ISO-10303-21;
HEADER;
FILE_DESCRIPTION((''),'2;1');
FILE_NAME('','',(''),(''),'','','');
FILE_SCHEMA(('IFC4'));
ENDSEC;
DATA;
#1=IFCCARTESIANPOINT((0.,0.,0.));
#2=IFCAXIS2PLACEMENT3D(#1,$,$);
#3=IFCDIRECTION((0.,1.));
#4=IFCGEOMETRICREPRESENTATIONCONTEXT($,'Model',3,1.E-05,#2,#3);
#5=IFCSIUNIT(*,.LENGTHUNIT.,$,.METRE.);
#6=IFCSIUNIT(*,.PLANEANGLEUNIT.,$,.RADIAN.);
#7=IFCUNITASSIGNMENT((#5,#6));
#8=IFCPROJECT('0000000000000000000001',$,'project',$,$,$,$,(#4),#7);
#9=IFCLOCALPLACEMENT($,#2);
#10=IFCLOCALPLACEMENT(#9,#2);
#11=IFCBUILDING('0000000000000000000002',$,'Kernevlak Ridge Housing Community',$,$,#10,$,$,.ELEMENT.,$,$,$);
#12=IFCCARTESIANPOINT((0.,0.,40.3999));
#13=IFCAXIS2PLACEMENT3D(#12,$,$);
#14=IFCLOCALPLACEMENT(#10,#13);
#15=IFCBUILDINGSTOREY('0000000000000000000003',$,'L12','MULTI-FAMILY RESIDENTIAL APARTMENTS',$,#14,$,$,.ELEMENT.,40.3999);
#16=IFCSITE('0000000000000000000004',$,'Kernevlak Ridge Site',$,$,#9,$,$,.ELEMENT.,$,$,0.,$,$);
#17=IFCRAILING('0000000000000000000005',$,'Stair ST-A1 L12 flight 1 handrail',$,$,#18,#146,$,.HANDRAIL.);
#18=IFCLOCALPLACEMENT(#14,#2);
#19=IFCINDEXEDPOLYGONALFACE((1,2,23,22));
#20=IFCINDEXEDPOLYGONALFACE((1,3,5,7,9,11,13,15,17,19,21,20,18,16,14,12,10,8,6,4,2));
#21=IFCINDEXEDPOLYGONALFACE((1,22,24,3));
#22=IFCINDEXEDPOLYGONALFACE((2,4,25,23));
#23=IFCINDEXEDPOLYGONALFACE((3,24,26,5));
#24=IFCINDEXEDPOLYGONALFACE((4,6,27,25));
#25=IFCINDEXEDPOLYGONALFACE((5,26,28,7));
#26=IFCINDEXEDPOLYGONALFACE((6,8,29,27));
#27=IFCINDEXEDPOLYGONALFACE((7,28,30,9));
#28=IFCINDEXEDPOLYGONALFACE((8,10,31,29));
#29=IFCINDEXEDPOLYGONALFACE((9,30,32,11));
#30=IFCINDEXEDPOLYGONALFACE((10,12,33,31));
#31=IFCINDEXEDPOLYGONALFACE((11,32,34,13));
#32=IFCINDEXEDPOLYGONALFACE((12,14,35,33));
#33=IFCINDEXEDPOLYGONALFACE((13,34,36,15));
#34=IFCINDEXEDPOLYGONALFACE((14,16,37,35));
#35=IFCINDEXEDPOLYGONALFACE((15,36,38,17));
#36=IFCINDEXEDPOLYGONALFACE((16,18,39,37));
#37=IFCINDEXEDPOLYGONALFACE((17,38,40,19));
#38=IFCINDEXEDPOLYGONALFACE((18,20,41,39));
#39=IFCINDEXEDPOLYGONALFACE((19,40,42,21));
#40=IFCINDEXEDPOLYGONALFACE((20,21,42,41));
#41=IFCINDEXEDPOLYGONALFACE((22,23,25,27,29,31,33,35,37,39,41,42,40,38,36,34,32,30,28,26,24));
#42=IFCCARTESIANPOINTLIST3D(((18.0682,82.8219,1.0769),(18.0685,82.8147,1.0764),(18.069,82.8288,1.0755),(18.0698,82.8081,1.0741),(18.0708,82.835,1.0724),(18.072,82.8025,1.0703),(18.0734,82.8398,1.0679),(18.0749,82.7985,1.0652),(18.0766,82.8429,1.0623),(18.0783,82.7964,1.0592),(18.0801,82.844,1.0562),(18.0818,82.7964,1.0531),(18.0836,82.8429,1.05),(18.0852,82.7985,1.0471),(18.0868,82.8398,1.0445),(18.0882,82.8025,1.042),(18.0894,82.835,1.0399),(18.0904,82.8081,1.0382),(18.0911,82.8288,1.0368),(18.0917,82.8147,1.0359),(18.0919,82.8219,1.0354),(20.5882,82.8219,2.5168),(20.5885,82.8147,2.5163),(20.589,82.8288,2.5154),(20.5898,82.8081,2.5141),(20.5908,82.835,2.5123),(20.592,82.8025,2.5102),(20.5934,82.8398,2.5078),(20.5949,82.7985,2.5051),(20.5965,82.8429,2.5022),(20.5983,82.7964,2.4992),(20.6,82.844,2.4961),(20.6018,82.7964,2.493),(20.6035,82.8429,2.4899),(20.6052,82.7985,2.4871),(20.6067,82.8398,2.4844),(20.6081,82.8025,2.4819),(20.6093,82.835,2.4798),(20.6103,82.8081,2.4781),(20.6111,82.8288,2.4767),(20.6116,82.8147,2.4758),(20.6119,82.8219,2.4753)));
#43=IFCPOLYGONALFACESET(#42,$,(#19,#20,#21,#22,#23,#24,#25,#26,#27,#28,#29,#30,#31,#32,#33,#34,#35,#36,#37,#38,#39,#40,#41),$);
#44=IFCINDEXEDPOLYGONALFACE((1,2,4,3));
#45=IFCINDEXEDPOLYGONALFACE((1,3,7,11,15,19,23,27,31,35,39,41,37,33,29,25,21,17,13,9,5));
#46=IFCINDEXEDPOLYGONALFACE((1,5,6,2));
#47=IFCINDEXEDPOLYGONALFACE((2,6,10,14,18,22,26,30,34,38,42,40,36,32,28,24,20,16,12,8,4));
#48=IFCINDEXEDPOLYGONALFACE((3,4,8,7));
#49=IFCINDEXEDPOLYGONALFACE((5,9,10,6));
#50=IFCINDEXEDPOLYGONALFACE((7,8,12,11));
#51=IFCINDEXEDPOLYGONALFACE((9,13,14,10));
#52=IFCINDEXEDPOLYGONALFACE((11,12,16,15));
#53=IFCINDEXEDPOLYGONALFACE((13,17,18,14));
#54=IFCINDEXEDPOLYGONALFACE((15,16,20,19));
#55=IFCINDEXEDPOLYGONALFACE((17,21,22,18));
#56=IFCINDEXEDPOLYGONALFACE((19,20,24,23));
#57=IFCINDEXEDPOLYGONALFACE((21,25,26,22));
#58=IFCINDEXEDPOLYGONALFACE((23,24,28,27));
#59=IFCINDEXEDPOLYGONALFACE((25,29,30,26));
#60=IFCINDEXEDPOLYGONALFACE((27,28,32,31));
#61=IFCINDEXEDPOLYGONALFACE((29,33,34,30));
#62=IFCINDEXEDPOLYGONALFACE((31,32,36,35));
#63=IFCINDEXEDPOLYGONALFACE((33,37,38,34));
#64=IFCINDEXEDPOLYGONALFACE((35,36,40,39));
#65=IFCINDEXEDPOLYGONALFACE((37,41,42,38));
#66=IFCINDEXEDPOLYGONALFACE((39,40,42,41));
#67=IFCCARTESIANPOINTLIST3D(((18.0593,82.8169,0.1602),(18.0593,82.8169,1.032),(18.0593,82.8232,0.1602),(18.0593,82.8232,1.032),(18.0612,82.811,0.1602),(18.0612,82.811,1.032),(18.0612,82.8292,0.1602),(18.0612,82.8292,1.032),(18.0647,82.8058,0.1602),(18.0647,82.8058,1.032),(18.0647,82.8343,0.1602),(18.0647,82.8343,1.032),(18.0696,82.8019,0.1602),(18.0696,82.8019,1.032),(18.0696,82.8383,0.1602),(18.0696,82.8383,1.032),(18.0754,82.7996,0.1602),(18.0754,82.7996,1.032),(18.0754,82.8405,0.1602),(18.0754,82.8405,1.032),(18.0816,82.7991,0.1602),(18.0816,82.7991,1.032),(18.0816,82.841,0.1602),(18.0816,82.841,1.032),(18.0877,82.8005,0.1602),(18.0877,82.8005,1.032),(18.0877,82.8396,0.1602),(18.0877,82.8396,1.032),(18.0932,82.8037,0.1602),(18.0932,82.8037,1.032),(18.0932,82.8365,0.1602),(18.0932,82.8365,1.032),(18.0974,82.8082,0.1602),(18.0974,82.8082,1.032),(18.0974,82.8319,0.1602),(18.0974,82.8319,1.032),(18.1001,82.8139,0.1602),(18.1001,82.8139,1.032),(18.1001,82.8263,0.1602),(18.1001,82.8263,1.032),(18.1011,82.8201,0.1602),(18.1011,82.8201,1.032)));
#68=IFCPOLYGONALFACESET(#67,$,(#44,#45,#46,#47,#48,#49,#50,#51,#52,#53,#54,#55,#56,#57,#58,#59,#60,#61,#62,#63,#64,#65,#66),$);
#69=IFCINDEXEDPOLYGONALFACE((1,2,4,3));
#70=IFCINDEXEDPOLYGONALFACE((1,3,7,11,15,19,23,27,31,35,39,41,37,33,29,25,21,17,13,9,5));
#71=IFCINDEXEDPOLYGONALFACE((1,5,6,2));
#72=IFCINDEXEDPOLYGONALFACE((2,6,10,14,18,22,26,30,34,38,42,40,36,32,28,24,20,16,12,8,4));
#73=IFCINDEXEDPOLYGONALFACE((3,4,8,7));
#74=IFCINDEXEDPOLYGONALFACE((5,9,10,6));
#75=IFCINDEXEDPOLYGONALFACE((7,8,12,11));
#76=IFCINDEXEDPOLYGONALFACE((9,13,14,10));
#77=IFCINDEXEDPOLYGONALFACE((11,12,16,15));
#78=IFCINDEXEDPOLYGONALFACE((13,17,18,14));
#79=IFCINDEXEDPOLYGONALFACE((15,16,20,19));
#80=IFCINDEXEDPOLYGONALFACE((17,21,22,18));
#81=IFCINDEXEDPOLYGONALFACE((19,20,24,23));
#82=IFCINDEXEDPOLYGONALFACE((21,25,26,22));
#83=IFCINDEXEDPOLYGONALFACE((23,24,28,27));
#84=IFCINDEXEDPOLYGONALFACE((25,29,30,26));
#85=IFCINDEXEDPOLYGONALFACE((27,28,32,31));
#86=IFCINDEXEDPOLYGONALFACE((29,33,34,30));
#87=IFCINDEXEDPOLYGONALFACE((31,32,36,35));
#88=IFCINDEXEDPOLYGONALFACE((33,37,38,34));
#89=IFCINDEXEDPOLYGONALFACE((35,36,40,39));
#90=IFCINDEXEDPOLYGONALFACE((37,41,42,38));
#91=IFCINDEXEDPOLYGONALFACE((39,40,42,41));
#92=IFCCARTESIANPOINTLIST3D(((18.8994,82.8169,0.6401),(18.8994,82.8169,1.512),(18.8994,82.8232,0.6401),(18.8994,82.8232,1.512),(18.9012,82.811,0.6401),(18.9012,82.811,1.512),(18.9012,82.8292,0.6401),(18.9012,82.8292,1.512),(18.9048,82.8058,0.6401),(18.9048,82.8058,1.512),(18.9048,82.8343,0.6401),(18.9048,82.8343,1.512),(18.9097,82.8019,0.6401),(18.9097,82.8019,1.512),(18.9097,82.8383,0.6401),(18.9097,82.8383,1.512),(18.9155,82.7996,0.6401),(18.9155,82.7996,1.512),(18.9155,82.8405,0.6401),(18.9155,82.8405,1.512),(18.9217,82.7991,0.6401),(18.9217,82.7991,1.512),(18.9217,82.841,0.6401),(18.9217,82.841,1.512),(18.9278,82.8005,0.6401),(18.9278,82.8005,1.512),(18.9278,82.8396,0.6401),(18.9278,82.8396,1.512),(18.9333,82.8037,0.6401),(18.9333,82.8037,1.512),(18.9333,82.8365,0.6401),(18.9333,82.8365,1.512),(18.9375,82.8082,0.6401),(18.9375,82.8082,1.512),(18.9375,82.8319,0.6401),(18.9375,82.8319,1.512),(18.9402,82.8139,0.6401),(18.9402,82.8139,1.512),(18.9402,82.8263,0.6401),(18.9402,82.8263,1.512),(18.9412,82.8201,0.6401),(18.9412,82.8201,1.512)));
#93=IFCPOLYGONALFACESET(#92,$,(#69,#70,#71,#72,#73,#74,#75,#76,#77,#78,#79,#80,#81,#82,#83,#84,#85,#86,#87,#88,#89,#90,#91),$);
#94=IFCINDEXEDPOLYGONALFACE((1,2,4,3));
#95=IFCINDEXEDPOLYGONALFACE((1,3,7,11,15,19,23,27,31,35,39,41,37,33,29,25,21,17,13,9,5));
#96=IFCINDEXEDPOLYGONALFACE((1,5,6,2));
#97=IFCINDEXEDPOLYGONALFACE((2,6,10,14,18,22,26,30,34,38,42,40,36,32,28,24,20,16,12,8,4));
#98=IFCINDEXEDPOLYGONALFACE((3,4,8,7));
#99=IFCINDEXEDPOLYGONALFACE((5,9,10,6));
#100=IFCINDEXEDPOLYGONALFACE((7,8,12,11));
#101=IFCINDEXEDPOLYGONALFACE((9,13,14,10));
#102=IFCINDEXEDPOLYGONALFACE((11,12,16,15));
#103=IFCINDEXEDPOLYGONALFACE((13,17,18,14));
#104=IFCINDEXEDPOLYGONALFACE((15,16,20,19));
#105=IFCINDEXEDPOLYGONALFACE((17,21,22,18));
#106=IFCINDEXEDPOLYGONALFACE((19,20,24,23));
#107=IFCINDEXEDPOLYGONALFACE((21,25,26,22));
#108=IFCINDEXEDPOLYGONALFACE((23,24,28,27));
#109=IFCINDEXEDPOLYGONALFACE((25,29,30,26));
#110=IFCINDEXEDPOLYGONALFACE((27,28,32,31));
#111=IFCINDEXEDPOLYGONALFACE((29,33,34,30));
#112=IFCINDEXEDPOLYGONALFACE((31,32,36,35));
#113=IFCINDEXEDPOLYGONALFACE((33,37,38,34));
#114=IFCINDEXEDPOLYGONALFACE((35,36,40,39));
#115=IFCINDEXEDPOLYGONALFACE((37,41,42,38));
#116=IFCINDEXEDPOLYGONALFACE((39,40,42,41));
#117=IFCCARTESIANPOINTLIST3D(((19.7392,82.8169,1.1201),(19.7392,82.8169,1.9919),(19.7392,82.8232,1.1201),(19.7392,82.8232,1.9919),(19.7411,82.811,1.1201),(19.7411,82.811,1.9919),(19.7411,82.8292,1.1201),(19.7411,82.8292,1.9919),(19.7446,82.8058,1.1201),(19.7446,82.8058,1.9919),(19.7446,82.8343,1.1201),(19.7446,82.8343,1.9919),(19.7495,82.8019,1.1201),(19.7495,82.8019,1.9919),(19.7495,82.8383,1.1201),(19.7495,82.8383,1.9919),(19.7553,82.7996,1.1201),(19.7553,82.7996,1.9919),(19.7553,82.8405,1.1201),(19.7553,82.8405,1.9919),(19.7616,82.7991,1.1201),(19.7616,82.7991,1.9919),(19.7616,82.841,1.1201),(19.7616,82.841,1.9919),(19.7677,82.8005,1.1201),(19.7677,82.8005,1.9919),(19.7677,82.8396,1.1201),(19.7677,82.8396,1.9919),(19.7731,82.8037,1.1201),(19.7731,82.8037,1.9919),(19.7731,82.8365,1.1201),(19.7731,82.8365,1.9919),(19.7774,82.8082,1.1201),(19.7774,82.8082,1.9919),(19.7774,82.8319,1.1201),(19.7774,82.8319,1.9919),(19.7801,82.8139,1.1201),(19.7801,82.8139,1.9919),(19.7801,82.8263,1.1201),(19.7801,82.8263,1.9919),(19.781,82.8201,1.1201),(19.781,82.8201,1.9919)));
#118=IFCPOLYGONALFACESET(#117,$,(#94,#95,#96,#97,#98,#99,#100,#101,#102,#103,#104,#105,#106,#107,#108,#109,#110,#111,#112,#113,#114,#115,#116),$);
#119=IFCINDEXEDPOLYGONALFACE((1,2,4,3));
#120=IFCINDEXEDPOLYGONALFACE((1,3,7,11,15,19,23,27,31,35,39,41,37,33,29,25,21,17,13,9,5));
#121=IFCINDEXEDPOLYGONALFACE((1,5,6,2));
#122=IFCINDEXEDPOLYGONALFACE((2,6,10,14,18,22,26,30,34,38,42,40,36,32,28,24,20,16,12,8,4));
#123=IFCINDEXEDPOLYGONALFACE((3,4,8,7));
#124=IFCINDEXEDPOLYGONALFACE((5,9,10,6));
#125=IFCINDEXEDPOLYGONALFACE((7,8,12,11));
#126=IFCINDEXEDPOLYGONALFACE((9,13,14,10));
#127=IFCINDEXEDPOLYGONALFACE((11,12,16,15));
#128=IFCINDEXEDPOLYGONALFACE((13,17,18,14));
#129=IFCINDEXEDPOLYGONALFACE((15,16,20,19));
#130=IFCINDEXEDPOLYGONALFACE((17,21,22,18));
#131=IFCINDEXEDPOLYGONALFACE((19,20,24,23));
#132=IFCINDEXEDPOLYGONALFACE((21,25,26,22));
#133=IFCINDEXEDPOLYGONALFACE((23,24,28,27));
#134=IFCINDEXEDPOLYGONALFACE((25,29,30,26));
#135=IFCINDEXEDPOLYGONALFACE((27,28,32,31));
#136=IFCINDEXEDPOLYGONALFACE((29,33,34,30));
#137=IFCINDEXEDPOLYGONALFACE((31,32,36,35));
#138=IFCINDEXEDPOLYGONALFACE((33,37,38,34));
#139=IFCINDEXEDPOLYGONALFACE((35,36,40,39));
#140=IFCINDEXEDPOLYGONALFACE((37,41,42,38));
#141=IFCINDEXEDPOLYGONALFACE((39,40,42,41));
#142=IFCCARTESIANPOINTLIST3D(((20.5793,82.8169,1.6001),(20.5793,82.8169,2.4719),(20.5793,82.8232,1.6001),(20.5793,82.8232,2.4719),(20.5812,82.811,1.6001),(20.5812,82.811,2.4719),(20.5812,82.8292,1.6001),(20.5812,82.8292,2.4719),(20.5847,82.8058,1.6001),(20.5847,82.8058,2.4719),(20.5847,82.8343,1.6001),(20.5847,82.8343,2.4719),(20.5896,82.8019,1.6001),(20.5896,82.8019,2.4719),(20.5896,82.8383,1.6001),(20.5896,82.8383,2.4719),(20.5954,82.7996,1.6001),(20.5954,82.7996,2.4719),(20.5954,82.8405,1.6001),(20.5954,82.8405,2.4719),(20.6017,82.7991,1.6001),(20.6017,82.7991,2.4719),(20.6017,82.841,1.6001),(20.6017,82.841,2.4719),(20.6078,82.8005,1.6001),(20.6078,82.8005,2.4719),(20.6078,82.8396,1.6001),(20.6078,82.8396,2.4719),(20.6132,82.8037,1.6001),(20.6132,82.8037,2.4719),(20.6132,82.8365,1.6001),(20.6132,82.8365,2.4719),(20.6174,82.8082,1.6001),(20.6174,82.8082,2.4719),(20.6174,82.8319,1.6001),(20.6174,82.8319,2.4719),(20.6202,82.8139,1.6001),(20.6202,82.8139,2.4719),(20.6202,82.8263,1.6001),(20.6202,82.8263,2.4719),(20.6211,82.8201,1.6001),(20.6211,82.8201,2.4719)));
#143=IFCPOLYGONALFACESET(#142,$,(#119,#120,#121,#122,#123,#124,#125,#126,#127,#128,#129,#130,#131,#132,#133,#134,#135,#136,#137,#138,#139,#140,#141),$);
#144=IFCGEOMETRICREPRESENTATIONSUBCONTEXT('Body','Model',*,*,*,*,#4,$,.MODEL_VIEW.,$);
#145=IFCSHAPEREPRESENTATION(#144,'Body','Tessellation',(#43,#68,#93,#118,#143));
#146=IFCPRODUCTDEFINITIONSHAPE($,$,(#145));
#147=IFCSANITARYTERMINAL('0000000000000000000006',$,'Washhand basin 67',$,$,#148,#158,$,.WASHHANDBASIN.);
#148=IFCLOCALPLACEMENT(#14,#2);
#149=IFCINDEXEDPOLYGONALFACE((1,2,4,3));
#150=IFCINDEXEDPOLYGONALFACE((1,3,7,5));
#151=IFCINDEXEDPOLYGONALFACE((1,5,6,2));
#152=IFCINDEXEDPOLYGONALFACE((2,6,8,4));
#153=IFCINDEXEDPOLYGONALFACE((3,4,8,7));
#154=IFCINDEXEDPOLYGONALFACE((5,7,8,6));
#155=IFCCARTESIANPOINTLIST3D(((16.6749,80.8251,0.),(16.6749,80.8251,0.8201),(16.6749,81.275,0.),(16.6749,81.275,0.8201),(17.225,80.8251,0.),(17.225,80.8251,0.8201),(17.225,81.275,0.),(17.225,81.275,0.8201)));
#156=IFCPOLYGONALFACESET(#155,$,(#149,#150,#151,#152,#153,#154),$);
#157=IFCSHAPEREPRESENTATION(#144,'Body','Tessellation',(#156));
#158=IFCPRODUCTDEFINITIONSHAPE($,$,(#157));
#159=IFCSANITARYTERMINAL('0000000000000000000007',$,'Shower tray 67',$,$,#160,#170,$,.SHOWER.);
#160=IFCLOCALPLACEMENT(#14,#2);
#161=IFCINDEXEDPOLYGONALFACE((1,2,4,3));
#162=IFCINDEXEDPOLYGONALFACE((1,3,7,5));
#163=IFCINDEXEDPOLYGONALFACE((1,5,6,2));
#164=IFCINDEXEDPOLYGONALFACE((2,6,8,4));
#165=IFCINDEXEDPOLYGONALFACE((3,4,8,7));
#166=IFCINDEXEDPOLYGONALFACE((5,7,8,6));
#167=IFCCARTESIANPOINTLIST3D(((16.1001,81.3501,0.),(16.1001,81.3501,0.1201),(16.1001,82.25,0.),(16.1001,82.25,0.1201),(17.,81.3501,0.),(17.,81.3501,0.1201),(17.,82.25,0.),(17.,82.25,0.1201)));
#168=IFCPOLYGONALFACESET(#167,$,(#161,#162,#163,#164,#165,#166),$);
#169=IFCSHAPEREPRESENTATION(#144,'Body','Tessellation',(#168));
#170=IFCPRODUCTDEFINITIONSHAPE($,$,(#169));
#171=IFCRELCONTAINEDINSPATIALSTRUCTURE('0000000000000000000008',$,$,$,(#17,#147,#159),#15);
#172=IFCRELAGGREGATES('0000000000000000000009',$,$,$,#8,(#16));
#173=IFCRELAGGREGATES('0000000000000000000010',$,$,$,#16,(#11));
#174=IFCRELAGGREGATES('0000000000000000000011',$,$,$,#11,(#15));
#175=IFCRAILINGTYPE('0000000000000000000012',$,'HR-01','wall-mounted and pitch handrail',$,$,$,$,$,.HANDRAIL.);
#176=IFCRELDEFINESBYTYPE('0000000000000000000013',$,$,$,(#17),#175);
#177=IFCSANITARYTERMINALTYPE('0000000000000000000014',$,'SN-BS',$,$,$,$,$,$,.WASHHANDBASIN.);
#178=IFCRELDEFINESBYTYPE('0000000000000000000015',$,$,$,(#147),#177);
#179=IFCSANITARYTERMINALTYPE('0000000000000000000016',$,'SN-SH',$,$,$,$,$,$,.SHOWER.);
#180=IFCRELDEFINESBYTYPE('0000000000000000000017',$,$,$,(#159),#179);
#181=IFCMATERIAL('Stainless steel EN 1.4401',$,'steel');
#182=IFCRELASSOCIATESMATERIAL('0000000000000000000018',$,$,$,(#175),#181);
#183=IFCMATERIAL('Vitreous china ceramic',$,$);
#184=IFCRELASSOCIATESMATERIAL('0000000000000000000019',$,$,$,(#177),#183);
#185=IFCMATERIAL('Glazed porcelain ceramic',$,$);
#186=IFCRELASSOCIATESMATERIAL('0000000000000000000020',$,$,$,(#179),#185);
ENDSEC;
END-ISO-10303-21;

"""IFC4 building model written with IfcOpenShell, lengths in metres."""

from ifc_helpers import new_model, si_unit, direction, frame, origin, origin_2d, place, context, subcontext, project, spatial, rectangle, circle, extrude, material, type_object, element, save


model = new_model("IFC4")

# Units and contexts
model_context = context("Model", 3, precision=1e-05, world=origin(), true_north=direction((0.0, 1.0)))
body_context = subcontext(model_context, "Body", "Model", "MODEL_VIEW")
ifc_project = project(units=[si_unit("LENGTHUNIT", "METRE"), si_unit("PLANEANGLEUNIT", "RADIAN")], contexts=[model_context])

# Site, building, storey
site_placement = place(None, origin())
site = spatial("IfcSite", under=ifc_project, at=site_placement, Name="Kernevlak Ridge Site", CompositionType="ELEMENT", RefElevation=0.0)
building_placement = place(site_placement, origin())
building = spatial("IfcBuilding", under=site, at=building_placement, Name="Kernevlak Ridge Housing Community", CompositionType="ELEMENT")
storey_placement = place(building_placement, frame((0.0, 0.0, 40.3999)))
storey = spatial("IfcBuildingStorey", under=building, at=storey_placement, Name="L12", Description="MULTI-FAMILY RESIDENTIAL APARTMENTS", CompositionType="ELEMENT", Elevation=40.3999)

# Railing
ifc_material_1 = material(Name="Stainless steel EN 1.4401", Category="steel")
railing_type_1 = type_object("IfcRailingType", Name="HR-01", Description="wall-mounted and pitch handrail", PredefinedType="HANDRAIL", material=ifc_material_1)
railing_1_placement = place(storey_placement, frame((18.0801, 82.8201, 0.1602)))
element("IfcRailing", 1, at=railing_1_placement, inside=storey, type_object=railing_type_1, Name="Stair ST-A1 L12 flight 1 handrail", PredefinedType="HANDRAIL", context=body_context, shape_type="SweptSolid", body=[
    extrude(circle(Radius=0.0239, at=origin_2d()), frame((0.0, 0.0, 0.896), z_axis=(0.868253, 0.0, 0.496121), x_axis=(0.0, 1.0, 0.0)), (0.0, 0.0, 1.0), 2.9023),
    extrude(circle(Radius=0.021, at=origin_2d()), origin(), (0.0, 0.0, 1.0), 0.8718),
    extrude(circle(Radius=0.021, at=origin_2d()), frame((0.8401, 0.0, 0.48)), (0.0, 0.0, 1.0), 0.8718),
    extrude(circle(Radius=0.021, at=origin_2d()), frame((1.6799, 0.0, 0.96)), (0.0, 0.0, 1.0), 0.8718),
    extrude(circle(Radius=0.021, at=origin_2d()), frame((2.52, 0.0, 1.4399)), (0.0, 0.0, 1.0), 0.8718),
])

# Sanitary terminals
ifc_material_2 = material(Name="Vitreous china ceramic")
sanitary_terminal_type_1 = type_object("IfcSanitaryTerminalType", Name="SN-BS", PredefinedType="WASHHANDBASIN", material=ifc_material_2)
sanitary_terminal_1_placement = place(storey_placement, frame((16.95, 81.05, 0.0), z_axis=(0.0, 0.0, 1.0), x_axis=(1.0, 0.0, 0.0)))
element("IfcSanitaryTerminal", 2, at=sanitary_terminal_1_placement, inside=storey, type_object=sanitary_terminal_type_1, Name="Washhand basin 67", PredefinedType="WASHHANDBASIN", context=body_context, shape_type="SweptSolid", body=[
    extrude(rectangle(XDim=0.55, YDim=0.45, at=origin_2d()), origin(), (0.0, 0.0, 1.0), 0.8201),
])
ifc_material_3 = material(Name="Glazed porcelain ceramic")
sanitary_terminal_type_2 = type_object("IfcSanitaryTerminalType", Name="SN-SH", PredefinedType="SHOWER", material=ifc_material_3)
sanitary_terminal_2_placement = place(storey_placement, frame((16.55, 81.8, 0.0), z_axis=(0.0, 0.0, 1.0), x_axis=(1.0, 0.0, 0.0)))
element("IfcSanitaryTerminal", 3, at=sanitary_terminal_2_placement, inside=storey, type_object=sanitary_terminal_type_2, Name="Shower tray 67", PredefinedType="SHOWER", context=body_context, shape_type="SweptSolid", body=[
    extrude(rectangle(XDim=0.8999, YDim=0.8999, at=origin_2d()), origin(), (0.0, 0.0, 1.0), 0.1201),
])

save(model, "model.ifc")
